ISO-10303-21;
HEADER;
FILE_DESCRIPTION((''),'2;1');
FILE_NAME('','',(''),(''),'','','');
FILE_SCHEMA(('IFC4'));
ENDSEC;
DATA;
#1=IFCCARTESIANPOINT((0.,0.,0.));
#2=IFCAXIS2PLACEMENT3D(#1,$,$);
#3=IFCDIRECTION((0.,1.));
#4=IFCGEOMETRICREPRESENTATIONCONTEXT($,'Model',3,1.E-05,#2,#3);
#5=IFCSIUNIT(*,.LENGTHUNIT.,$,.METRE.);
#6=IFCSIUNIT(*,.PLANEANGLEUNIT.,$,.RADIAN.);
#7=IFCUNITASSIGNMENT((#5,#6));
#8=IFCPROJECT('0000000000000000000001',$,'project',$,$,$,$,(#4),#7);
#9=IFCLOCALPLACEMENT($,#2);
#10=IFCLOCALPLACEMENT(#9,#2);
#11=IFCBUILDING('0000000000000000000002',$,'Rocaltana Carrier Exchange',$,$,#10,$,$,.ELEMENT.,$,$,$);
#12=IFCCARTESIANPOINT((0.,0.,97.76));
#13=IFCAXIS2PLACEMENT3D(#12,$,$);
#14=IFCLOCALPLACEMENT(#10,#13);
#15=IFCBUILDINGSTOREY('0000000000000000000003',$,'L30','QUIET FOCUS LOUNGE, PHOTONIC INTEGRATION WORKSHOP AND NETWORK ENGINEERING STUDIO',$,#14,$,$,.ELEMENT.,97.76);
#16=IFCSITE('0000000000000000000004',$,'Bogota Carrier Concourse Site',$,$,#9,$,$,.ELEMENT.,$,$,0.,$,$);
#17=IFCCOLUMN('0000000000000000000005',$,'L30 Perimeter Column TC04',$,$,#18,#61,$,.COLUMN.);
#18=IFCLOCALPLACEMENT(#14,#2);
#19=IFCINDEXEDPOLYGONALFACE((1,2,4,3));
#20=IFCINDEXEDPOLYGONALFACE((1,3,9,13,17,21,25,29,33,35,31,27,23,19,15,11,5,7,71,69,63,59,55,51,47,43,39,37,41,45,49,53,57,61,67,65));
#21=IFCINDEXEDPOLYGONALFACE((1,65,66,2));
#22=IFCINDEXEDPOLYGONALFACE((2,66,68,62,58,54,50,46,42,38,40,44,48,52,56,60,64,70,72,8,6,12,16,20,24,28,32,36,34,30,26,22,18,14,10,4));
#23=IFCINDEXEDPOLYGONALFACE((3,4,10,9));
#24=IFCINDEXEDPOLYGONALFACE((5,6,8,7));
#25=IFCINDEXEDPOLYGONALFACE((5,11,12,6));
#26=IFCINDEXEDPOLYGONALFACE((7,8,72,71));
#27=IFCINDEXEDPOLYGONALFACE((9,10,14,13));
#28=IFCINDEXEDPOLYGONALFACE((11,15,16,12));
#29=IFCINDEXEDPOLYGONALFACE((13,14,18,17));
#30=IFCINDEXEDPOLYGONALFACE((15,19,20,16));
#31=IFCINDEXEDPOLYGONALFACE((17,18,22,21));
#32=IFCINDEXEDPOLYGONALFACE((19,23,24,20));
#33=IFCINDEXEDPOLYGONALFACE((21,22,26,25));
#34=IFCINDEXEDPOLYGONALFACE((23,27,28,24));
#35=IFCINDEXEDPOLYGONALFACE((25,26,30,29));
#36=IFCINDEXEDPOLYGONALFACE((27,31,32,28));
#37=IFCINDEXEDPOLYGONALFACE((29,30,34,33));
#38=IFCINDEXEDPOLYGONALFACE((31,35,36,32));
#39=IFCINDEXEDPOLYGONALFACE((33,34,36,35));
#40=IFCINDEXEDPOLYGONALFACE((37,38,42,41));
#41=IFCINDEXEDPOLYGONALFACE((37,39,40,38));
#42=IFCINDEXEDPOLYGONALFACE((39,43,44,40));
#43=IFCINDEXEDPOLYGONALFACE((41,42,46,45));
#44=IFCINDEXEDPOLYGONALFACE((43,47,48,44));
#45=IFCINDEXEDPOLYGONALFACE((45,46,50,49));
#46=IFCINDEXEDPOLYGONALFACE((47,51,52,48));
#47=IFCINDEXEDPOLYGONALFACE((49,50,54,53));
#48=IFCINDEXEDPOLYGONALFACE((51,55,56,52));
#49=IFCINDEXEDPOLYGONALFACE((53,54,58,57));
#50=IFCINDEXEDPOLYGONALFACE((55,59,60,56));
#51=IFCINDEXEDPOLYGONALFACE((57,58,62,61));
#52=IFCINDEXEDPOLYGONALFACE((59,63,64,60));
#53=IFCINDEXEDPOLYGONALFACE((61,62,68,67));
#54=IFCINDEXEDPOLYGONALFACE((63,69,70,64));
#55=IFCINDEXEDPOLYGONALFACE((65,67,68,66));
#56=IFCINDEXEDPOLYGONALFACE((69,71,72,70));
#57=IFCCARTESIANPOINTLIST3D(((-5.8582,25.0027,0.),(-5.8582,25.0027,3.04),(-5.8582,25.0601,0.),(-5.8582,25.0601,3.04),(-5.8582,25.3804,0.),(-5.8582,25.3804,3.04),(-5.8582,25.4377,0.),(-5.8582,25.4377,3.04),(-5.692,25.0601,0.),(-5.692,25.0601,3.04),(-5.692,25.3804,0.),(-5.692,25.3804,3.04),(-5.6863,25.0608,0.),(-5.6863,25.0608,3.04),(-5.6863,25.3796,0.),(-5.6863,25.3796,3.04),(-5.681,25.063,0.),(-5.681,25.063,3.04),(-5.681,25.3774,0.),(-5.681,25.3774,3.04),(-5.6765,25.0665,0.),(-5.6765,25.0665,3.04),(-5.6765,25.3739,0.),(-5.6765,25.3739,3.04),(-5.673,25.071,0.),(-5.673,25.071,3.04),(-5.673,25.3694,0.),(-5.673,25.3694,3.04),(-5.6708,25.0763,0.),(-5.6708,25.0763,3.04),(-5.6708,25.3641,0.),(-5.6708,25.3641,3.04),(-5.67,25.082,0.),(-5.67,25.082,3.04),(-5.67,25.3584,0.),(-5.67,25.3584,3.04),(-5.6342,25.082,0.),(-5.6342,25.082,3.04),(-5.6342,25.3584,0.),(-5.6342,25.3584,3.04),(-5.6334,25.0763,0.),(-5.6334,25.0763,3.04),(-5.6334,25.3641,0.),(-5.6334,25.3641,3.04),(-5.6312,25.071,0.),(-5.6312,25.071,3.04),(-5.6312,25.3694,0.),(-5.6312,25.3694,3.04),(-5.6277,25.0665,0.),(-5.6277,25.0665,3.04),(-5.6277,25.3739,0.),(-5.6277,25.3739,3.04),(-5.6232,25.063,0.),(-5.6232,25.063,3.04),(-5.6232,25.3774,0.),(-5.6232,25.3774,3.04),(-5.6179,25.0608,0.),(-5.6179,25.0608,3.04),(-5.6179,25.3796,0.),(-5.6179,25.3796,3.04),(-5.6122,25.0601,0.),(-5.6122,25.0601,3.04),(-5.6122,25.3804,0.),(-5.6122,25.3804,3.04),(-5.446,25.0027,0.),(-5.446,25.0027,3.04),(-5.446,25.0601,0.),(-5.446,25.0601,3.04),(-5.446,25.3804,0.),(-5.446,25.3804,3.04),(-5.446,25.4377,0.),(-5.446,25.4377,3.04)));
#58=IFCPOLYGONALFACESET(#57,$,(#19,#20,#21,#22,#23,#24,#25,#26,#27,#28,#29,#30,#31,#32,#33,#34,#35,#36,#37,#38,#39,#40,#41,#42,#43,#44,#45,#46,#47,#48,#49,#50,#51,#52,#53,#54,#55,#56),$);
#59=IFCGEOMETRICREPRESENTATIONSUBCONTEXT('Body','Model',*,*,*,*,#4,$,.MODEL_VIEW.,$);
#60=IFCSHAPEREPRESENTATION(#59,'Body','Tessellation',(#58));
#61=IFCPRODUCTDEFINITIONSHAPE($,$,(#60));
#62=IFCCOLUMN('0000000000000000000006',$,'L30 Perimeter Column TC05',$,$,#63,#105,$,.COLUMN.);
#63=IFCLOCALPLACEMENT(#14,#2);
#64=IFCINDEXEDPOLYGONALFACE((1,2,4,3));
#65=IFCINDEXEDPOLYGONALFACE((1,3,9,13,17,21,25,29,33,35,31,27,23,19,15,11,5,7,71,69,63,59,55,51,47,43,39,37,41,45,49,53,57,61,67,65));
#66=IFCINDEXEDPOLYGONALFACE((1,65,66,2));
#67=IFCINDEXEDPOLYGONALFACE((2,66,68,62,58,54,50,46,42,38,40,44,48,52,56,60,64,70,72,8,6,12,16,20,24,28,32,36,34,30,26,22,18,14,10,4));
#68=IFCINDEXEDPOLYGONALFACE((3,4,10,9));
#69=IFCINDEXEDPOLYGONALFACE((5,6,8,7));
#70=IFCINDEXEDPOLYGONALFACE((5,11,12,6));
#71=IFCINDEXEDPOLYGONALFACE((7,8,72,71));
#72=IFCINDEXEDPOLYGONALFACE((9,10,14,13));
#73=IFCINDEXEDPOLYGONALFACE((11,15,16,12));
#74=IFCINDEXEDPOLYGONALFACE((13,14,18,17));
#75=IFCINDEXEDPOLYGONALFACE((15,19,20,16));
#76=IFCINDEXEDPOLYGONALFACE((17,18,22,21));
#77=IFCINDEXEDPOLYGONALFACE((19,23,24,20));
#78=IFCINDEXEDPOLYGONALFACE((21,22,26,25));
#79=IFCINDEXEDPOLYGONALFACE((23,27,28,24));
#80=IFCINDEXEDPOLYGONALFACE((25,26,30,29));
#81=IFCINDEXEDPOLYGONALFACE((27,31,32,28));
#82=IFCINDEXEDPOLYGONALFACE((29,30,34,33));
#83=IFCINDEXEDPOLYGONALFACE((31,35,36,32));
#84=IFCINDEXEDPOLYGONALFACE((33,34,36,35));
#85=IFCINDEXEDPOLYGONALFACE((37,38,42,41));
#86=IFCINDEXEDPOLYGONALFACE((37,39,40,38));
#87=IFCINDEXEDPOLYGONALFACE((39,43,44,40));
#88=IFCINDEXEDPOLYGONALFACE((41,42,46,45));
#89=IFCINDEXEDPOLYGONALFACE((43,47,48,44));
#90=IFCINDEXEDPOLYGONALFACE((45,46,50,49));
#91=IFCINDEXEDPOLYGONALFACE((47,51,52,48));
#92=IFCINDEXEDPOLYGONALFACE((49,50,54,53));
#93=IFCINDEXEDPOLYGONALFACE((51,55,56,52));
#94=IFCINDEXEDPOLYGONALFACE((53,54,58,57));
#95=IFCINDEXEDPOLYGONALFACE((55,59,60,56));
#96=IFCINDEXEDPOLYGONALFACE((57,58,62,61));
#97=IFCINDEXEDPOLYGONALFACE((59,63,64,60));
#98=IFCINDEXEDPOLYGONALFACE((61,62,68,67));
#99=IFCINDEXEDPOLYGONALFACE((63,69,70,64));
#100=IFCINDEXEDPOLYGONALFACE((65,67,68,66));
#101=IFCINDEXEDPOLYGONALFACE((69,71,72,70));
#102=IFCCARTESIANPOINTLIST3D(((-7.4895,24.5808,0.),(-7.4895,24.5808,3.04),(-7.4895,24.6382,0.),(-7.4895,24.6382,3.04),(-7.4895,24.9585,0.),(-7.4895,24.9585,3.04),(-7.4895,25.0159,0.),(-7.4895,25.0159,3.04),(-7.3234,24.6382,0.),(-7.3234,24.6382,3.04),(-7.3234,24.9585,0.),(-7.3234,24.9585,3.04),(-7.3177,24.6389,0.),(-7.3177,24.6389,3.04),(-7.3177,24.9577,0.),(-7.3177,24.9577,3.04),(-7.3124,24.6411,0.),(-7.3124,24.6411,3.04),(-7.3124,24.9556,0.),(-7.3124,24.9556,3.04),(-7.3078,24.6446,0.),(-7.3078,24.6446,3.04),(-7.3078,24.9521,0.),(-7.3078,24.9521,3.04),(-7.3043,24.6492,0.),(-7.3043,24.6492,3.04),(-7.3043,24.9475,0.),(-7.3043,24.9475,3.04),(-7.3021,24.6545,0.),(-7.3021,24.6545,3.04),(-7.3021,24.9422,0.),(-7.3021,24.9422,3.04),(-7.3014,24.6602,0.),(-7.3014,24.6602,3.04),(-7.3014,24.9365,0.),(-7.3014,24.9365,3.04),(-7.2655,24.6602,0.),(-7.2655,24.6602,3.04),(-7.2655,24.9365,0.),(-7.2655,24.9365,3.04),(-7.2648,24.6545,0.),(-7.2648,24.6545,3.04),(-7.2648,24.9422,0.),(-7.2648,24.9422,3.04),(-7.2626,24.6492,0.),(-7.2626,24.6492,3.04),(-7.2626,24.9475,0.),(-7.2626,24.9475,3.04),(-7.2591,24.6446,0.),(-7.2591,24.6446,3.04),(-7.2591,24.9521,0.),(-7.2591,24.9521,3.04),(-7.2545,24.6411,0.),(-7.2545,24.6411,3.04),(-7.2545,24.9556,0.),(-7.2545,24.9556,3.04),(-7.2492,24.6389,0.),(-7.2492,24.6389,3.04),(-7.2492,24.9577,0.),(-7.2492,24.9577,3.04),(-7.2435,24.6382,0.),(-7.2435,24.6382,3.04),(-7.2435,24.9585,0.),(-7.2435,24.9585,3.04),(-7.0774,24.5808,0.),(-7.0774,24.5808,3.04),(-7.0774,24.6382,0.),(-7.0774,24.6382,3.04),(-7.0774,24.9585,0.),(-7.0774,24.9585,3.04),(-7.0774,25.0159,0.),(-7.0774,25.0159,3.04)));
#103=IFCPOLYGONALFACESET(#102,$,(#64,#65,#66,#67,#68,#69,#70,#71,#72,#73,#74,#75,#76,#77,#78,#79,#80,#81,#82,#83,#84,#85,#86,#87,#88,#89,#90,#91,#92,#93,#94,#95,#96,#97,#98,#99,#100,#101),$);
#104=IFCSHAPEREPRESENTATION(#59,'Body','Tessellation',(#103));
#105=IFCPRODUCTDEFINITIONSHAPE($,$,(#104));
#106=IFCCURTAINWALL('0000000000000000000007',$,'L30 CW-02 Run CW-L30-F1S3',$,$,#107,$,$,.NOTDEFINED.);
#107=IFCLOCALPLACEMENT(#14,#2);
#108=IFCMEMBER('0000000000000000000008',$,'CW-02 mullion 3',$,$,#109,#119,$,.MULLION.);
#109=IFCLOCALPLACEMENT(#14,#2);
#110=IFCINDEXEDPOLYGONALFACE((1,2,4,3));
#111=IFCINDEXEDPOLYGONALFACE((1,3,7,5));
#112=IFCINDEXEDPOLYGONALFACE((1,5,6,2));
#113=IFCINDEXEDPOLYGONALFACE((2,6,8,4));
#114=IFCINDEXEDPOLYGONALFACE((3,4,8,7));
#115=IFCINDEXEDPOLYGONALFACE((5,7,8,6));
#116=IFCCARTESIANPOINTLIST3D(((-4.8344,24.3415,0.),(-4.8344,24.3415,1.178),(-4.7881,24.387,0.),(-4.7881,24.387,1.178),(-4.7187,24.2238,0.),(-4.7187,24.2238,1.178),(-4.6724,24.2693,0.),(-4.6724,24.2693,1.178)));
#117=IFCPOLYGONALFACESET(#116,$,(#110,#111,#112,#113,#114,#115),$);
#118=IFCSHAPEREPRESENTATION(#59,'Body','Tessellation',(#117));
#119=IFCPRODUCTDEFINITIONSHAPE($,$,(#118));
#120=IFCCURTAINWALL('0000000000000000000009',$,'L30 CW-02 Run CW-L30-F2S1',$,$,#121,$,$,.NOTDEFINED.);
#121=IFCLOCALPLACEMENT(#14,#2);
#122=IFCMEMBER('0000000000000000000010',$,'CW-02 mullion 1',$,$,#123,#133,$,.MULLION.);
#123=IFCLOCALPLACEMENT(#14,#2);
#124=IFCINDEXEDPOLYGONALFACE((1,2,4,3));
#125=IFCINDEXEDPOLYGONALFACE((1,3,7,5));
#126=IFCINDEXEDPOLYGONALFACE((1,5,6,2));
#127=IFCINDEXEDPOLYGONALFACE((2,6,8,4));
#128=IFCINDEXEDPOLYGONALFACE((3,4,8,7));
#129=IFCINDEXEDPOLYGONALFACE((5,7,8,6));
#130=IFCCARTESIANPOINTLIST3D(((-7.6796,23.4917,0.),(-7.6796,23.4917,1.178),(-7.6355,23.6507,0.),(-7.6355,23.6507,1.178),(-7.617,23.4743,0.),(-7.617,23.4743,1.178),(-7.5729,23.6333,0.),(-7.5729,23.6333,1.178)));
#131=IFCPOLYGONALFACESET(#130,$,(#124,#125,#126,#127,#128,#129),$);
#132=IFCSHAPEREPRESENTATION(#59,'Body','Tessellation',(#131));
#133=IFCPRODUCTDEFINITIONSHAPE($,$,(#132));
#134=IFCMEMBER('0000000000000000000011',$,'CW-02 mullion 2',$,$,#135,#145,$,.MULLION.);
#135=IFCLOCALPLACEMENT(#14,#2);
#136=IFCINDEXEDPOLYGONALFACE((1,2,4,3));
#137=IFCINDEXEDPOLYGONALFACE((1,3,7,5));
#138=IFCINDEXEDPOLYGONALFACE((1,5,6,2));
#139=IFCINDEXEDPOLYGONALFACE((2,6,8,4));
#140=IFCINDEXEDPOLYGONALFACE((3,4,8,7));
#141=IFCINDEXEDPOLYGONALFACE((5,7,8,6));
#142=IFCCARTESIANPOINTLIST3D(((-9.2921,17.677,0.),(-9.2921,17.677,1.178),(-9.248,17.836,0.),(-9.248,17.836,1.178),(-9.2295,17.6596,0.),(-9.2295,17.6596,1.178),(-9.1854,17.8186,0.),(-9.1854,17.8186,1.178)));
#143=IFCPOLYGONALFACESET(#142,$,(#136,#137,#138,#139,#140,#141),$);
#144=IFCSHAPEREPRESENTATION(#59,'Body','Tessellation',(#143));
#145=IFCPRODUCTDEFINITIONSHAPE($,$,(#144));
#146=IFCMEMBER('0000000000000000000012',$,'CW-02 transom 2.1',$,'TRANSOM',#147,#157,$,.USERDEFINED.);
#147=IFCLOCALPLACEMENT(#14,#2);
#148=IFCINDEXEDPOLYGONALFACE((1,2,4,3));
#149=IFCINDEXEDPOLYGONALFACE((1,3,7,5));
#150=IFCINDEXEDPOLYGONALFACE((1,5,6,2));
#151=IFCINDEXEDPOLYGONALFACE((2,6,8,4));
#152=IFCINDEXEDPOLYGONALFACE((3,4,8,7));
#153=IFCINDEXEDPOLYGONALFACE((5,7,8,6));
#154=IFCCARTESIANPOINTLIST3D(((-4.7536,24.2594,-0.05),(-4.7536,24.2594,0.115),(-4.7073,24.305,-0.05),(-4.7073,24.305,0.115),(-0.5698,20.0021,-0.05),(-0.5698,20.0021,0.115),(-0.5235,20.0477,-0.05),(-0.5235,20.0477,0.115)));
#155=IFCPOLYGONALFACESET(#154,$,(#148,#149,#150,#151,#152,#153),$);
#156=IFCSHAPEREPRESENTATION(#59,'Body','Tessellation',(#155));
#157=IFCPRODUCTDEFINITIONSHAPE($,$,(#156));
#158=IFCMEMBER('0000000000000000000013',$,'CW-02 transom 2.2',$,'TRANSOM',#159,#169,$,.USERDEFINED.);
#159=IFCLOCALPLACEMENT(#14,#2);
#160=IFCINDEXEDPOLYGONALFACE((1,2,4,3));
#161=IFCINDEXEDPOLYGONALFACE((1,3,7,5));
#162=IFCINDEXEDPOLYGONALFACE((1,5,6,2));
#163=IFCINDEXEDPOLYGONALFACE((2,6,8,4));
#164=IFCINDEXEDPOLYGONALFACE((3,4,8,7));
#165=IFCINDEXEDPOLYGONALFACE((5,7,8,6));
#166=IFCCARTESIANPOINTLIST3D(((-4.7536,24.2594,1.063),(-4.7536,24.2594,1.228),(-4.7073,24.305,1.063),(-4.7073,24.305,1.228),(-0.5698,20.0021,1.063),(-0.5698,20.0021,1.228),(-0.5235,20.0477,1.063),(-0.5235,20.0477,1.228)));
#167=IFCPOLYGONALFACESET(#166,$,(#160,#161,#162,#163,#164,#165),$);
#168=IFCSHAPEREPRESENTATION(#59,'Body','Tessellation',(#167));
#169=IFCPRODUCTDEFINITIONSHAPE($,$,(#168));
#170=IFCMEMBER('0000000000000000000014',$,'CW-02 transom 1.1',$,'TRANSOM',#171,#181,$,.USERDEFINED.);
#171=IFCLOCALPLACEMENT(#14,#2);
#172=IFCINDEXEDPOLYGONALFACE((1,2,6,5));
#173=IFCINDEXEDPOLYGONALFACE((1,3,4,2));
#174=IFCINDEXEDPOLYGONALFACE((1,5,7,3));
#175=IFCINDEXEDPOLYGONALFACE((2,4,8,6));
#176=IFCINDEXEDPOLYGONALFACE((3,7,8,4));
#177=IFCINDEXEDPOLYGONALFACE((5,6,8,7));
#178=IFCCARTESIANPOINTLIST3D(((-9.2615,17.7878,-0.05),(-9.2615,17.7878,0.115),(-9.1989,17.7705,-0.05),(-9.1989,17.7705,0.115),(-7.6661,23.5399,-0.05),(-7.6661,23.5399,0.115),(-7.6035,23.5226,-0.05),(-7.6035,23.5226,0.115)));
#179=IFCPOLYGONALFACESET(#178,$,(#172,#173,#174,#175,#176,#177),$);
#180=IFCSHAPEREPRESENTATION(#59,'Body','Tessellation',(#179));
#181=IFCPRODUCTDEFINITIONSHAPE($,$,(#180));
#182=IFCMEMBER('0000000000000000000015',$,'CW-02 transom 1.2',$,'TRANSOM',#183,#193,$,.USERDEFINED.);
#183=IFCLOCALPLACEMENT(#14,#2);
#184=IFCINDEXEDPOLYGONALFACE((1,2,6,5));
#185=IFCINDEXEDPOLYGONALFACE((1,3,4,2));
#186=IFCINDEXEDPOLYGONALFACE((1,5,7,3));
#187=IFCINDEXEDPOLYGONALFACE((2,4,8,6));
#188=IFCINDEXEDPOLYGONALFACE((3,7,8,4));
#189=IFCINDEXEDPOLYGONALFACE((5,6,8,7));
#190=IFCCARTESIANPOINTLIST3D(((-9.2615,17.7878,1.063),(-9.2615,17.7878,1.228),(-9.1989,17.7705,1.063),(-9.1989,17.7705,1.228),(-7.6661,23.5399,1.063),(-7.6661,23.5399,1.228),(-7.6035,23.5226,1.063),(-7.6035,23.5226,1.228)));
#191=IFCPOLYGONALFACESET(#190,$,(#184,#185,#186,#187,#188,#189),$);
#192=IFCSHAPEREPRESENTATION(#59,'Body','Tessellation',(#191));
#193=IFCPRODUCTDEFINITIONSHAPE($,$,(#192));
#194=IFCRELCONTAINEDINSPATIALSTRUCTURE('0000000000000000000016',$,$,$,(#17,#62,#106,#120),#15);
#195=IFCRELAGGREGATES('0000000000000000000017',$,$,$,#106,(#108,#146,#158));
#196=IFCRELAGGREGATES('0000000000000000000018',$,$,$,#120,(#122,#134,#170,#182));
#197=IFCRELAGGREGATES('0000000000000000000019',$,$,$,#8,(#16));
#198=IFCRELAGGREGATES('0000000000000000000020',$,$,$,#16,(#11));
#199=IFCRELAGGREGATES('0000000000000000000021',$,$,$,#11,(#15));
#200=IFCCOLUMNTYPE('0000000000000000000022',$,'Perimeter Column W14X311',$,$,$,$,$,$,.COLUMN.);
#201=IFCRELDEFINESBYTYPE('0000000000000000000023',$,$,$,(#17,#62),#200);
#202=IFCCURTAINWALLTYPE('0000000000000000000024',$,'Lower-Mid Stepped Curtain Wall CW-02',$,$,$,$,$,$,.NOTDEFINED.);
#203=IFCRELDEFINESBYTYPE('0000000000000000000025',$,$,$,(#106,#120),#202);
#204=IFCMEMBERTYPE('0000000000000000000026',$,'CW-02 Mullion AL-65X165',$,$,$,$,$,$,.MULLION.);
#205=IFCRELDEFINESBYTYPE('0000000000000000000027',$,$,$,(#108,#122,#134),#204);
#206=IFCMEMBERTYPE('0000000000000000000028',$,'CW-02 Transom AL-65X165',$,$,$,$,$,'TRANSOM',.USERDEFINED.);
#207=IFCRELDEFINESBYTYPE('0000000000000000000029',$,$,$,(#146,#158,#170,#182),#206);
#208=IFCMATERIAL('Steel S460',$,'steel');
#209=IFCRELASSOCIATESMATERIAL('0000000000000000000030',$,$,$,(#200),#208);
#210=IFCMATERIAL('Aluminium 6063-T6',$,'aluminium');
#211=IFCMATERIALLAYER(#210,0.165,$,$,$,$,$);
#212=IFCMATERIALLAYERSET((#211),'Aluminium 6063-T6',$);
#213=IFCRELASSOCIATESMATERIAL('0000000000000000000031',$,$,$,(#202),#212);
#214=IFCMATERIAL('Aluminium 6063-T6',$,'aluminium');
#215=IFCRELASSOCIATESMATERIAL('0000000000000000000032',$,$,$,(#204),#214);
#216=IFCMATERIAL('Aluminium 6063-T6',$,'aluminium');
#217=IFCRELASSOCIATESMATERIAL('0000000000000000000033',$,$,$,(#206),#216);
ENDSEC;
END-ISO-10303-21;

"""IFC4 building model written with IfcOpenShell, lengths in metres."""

from ifc_helpers import new_model, si_unit, direction, frame, origin, origin_2d, place, context, subcontext, project, spatial, rectangle, i_section, extrude, material, layer, layer_set, material_profile, profile_set, type_object, element, aggregate, save


model = new_model("IFC4")

# Units and contexts
model_context = context("Model", 3, precision=1e-05, world=origin(), true_north=direction((0.0, 1.0)))
body_context = subcontext(model_context, "Body", "Model", "MODEL_VIEW")
ifc_project = project(units=[si_unit("LENGTHUNIT", "METRE"), si_unit("PLANEANGLEUNIT", "RADIAN")], contexts=[model_context])

# Site, building, storey
site_placement = place(None, origin())
site = spatial("IfcSite", under=ifc_project, at=site_placement, Name="Bogota Carrier Concourse Site", CompositionType="ELEMENT", RefElevation=0.0)
building_placement = place(site_placement, origin())
building = spatial("IfcBuilding", under=site, at=building_placement, Name="Rocaltana Carrier Exchange", CompositionType="ELEMENT")
storey_placement = place(building_placement, frame((0.0, 0.0, 97.76)))
storey = spatial("IfcBuildingStorey", under=building, at=storey_placement, Name="L30", Description="QUIET FOCUS LOUNGE, PHOTONIC INTEGRATION WORKSHOP AND NETWORK ENGINEERING STUDIO", CompositionType="ELEMENT", Elevation=97.76)

# Columns
ifc_material_1 = material(Name="Steel S460", Category="steel")
ifc_material_profile_1 = material_profile(ifc_material_1, i_section(OverallWidth=0.4121, OverallDepth=0.4351, WebThickness=0.0359, FlangeThickness=0.0574, FilletRadius=0.022, at=origin_2d()), Name="W14X311")
ifc_profile_set_1 = profile_set([ifc_material_profile_1], Name="Steel S460")
column_type = type_object("IfcColumnType", Name="Perimeter Column W14X311", PredefinedType="COLUMN", material=ifc_profile_set_1)
for number, where, z_axis, x_axis, name in (
    (1, (-5.6521, 25.2202, 0.0), (0.0, 0.0, 1.0), (1.0, 0.0, 0.0), "L30 Perimeter Column TC04"),
    (2, (-7.2834, 24.7983, 0.0), (0.0, 0.0, 1.0), (1.0, 0.0, 0.0), "L30 Perimeter Column TC05"),
):
    element("IfcColumn", number, at=place(storey_placement, frame(where, z_axis=z_axis, x_axis=x_axis)), inside=storey, type_object=column_type, Name=name, PredefinedType="COLUMN", context=body_context, shape_type="SweptSolid", body=[
        extrude(i_section(OverallWidth=0.4121, OverallDepth=0.4351, WebThickness=0.0359, FlangeThickness=0.0574, FilletRadius=0.022, at=origin_2d()), origin(), (0.0, 0.0, 1.0), 3.04),
    ])

# Curtain wall, member
ifc_material_2 = material(Name="Aluminium 6063-T6", Category="aluminium")
ifc_layer_1 = layer(ifc_material_2, 0.165)
ifc_layer_set_1 = layer_set([ifc_layer_1], Name="Aluminium 6063-T6")
curtain_wall_type = type_object("IfcCurtainWallType", Name="Lower-Mid Stepped Curtain Wall CW-02", PredefinedType="NOTDEFINED", material=ifc_layer_set_1)
curtain_wall_1_placement = place(storey_placement, origin())
curtain_wall_1 = element("IfcCurtainWall", 3, at=curtain_wall_1_placement, inside=storey, type_object=curtain_wall_type, Name="L30 CW-02 Run CW-L30-F1S3", PredefinedType="NOTDEFINED")
ifc_material_3 = material(Name="Aluminium 6063-T6", Category="aluminium")
ifc_material_profile_2 = material_profile(ifc_material_3, rectangle(XDim=0.0649, YDim=0.165, at=origin_2d()), Name="AL-65X165")
ifc_profile_set_2 = profile_set([ifc_material_profile_2], Name="Aluminium 6063-T6")
member_type_1 = type_object("IfcMemberType", Name="CW-02 Mullion AL-65X165", PredefinedType="MULLION", material=ifc_profile_set_2)
member_1_placement = place(storey_placement, frame((-4.7534, 24.3054, 0.0), z_axis=(0.0, 0.0, 1.0), x_axis=(-0.713245, -0.700915, 0.0)))
member_1 = element("IfcMember", 4, at=member_1_placement, type_object=member_type_1, Name="CW-02 mullion 3", PredefinedType="MULLION", context=body_context, shape_type="SweptSolid", body=[
    extrude(rectangle(XDim=0.0649, YDim=0.165, at=origin_2d()), origin(), (0.0, 0.0, 1.0), 1.178),
])

# Curtain wall, members
curtain_wall_2_placement = place(storey_placement, origin())
curtain_wall_2 = element("IfcCurtainWall", 5, at=curtain_wall_2_placement, inside=storey, type_object=curtain_wall_type, Name="L30 CW-02 Run CW-L30-F2S1", PredefinedType="NOTDEFINED")
member_2_placement = place(storey_placement, frame((-7.6262, 23.5625, 0.0), z_axis=(0.0, 0.0, 1.0), x_axis=(0.963628, -0.267246, 0.0)))
member_2 = element("IfcMember", 6, at=member_2_placement, type_object=member_type_1, Name="CW-02 mullion 1", PredefinedType="MULLION", context=body_context, shape_type="SweptSolid", body=[
    extrude(rectangle(XDim=0.0649, YDim=0.165, at=origin_2d()), origin(), (0.0, 0.0, 1.0), 1.178),
])
member_3_placement = place(storey_placement, frame((-9.2388, 17.7478, 0.0), z_axis=(0.0, 0.0, 1.0), x_axis=(0.963628, -0.267246, 0.0)))
member_3 = element("IfcMember", 7, at=member_3_placement, type_object=member_type_1, Name="CW-02 mullion 2", PredefinedType="MULLION", context=body_context, shape_type="SweptSolid", body=[
    extrude(rectangle(XDim=0.0649, YDim=0.165, at=origin_2d()), origin(), (0.0, 0.0, 1.0), 1.178),
])

# Members
ifc_material_4 = material(Name="Aluminium 6063-T6", Category="aluminium")
ifc_material_profile_3 = material_profile(ifc_material_4, rectangle(XDim=0.0649, YDim=0.165, at=origin_2d()), Name="AL-65X165")
ifc_profile_set_3 = profile_set([ifc_material_profile_3], Name="Aluminium 6063-T6")
member_type_2 = type_object("IfcMemberType", Name="CW-02 Transom AL-65X165", ElementType="TRANSOM", PredefinedType="USERDEFINED", material=ifc_profile_set_3)
member_4_placement = place(storey_placement, frame((-0.5466, 20.0249, 0.0325), z_axis=(-0.700924, 0.713236, 0.0), x_axis=(-0.713236, -0.700924, 0.0)))
member_4 = element("IfcMember", 8, at=member_4_placement, type_object=member_type_2, Name="CW-02 transom 2.1", ObjectType="TRANSOM", PredefinedType="USERDEFINED", context=body_context, shape_type="SweptSolid", body=[
    extrude(rectangle(XDim=0.0649, YDim=0.165, at=origin_2d()), origin(), (0.0, 0.0, 1.0), 5.969),
])
member_5_placement = place(storey_placement, frame((-0.5466, 20.0249, 1.1455), z_axis=(-0.700924, 0.713236, 0.0), x_axis=(-0.713236, -0.700924, 0.0)))
member_5 = element("IfcMember", 9, at=member_5_placement, type_object=member_type_2, Name="CW-02 transom 2.2", ObjectType="TRANSOM", PredefinedType="USERDEFINED", context=body_context, shape_type="SweptSolid", body=[
    extrude(rectangle(XDim=0.0649, YDim=0.165, at=origin_2d()), origin(), (0.0, 0.0, 1.0), 5.969),
])
member_6_placement = place(storey_placement, frame((-7.6348, 23.5312, 0.0325), z_axis=(-0.267275, -0.96362, 0.0), x_axis=(0.96362, -0.267275, 0.0)))
member_6 = element("IfcMember", 10, at=member_6_placement, type_object=member_type_2, Name="CW-02 transom 1.1", ObjectType="TRANSOM", PredefinedType="USERDEFINED", context=body_context, shape_type="SweptSolid", body=[
    extrude(rectangle(XDim=0.0649, YDim=0.165, at=origin_2d()), origin(), (0.0, 0.0, 1.0), 5.9692),
])
member_7_placement = place(storey_placement, frame((-7.6348, 23.5312, 1.1455), z_axis=(-0.267275, -0.96362, 0.0), x_axis=(0.96362, -0.267275, 0.0)))
member_7 = element("IfcMember", 11, at=member_7_placement, type_object=member_type_2, Name="CW-02 transom 1.2", ObjectType="TRANSOM", PredefinedType="USERDEFINED", context=body_context, shape_type="SweptSolid", body=[
    extrude(rectangle(XDim=0.0649, YDim=0.165, at=origin_2d()), origin(), (0.0, 0.0, 1.0), 5.9692),
])

aggregate(curtain_wall_1, [member_1, member_4, member_5])
aggregate(curtain_wall_2, [member_2, member_3, member_6, member_7])

save(model, "model.ifc")
